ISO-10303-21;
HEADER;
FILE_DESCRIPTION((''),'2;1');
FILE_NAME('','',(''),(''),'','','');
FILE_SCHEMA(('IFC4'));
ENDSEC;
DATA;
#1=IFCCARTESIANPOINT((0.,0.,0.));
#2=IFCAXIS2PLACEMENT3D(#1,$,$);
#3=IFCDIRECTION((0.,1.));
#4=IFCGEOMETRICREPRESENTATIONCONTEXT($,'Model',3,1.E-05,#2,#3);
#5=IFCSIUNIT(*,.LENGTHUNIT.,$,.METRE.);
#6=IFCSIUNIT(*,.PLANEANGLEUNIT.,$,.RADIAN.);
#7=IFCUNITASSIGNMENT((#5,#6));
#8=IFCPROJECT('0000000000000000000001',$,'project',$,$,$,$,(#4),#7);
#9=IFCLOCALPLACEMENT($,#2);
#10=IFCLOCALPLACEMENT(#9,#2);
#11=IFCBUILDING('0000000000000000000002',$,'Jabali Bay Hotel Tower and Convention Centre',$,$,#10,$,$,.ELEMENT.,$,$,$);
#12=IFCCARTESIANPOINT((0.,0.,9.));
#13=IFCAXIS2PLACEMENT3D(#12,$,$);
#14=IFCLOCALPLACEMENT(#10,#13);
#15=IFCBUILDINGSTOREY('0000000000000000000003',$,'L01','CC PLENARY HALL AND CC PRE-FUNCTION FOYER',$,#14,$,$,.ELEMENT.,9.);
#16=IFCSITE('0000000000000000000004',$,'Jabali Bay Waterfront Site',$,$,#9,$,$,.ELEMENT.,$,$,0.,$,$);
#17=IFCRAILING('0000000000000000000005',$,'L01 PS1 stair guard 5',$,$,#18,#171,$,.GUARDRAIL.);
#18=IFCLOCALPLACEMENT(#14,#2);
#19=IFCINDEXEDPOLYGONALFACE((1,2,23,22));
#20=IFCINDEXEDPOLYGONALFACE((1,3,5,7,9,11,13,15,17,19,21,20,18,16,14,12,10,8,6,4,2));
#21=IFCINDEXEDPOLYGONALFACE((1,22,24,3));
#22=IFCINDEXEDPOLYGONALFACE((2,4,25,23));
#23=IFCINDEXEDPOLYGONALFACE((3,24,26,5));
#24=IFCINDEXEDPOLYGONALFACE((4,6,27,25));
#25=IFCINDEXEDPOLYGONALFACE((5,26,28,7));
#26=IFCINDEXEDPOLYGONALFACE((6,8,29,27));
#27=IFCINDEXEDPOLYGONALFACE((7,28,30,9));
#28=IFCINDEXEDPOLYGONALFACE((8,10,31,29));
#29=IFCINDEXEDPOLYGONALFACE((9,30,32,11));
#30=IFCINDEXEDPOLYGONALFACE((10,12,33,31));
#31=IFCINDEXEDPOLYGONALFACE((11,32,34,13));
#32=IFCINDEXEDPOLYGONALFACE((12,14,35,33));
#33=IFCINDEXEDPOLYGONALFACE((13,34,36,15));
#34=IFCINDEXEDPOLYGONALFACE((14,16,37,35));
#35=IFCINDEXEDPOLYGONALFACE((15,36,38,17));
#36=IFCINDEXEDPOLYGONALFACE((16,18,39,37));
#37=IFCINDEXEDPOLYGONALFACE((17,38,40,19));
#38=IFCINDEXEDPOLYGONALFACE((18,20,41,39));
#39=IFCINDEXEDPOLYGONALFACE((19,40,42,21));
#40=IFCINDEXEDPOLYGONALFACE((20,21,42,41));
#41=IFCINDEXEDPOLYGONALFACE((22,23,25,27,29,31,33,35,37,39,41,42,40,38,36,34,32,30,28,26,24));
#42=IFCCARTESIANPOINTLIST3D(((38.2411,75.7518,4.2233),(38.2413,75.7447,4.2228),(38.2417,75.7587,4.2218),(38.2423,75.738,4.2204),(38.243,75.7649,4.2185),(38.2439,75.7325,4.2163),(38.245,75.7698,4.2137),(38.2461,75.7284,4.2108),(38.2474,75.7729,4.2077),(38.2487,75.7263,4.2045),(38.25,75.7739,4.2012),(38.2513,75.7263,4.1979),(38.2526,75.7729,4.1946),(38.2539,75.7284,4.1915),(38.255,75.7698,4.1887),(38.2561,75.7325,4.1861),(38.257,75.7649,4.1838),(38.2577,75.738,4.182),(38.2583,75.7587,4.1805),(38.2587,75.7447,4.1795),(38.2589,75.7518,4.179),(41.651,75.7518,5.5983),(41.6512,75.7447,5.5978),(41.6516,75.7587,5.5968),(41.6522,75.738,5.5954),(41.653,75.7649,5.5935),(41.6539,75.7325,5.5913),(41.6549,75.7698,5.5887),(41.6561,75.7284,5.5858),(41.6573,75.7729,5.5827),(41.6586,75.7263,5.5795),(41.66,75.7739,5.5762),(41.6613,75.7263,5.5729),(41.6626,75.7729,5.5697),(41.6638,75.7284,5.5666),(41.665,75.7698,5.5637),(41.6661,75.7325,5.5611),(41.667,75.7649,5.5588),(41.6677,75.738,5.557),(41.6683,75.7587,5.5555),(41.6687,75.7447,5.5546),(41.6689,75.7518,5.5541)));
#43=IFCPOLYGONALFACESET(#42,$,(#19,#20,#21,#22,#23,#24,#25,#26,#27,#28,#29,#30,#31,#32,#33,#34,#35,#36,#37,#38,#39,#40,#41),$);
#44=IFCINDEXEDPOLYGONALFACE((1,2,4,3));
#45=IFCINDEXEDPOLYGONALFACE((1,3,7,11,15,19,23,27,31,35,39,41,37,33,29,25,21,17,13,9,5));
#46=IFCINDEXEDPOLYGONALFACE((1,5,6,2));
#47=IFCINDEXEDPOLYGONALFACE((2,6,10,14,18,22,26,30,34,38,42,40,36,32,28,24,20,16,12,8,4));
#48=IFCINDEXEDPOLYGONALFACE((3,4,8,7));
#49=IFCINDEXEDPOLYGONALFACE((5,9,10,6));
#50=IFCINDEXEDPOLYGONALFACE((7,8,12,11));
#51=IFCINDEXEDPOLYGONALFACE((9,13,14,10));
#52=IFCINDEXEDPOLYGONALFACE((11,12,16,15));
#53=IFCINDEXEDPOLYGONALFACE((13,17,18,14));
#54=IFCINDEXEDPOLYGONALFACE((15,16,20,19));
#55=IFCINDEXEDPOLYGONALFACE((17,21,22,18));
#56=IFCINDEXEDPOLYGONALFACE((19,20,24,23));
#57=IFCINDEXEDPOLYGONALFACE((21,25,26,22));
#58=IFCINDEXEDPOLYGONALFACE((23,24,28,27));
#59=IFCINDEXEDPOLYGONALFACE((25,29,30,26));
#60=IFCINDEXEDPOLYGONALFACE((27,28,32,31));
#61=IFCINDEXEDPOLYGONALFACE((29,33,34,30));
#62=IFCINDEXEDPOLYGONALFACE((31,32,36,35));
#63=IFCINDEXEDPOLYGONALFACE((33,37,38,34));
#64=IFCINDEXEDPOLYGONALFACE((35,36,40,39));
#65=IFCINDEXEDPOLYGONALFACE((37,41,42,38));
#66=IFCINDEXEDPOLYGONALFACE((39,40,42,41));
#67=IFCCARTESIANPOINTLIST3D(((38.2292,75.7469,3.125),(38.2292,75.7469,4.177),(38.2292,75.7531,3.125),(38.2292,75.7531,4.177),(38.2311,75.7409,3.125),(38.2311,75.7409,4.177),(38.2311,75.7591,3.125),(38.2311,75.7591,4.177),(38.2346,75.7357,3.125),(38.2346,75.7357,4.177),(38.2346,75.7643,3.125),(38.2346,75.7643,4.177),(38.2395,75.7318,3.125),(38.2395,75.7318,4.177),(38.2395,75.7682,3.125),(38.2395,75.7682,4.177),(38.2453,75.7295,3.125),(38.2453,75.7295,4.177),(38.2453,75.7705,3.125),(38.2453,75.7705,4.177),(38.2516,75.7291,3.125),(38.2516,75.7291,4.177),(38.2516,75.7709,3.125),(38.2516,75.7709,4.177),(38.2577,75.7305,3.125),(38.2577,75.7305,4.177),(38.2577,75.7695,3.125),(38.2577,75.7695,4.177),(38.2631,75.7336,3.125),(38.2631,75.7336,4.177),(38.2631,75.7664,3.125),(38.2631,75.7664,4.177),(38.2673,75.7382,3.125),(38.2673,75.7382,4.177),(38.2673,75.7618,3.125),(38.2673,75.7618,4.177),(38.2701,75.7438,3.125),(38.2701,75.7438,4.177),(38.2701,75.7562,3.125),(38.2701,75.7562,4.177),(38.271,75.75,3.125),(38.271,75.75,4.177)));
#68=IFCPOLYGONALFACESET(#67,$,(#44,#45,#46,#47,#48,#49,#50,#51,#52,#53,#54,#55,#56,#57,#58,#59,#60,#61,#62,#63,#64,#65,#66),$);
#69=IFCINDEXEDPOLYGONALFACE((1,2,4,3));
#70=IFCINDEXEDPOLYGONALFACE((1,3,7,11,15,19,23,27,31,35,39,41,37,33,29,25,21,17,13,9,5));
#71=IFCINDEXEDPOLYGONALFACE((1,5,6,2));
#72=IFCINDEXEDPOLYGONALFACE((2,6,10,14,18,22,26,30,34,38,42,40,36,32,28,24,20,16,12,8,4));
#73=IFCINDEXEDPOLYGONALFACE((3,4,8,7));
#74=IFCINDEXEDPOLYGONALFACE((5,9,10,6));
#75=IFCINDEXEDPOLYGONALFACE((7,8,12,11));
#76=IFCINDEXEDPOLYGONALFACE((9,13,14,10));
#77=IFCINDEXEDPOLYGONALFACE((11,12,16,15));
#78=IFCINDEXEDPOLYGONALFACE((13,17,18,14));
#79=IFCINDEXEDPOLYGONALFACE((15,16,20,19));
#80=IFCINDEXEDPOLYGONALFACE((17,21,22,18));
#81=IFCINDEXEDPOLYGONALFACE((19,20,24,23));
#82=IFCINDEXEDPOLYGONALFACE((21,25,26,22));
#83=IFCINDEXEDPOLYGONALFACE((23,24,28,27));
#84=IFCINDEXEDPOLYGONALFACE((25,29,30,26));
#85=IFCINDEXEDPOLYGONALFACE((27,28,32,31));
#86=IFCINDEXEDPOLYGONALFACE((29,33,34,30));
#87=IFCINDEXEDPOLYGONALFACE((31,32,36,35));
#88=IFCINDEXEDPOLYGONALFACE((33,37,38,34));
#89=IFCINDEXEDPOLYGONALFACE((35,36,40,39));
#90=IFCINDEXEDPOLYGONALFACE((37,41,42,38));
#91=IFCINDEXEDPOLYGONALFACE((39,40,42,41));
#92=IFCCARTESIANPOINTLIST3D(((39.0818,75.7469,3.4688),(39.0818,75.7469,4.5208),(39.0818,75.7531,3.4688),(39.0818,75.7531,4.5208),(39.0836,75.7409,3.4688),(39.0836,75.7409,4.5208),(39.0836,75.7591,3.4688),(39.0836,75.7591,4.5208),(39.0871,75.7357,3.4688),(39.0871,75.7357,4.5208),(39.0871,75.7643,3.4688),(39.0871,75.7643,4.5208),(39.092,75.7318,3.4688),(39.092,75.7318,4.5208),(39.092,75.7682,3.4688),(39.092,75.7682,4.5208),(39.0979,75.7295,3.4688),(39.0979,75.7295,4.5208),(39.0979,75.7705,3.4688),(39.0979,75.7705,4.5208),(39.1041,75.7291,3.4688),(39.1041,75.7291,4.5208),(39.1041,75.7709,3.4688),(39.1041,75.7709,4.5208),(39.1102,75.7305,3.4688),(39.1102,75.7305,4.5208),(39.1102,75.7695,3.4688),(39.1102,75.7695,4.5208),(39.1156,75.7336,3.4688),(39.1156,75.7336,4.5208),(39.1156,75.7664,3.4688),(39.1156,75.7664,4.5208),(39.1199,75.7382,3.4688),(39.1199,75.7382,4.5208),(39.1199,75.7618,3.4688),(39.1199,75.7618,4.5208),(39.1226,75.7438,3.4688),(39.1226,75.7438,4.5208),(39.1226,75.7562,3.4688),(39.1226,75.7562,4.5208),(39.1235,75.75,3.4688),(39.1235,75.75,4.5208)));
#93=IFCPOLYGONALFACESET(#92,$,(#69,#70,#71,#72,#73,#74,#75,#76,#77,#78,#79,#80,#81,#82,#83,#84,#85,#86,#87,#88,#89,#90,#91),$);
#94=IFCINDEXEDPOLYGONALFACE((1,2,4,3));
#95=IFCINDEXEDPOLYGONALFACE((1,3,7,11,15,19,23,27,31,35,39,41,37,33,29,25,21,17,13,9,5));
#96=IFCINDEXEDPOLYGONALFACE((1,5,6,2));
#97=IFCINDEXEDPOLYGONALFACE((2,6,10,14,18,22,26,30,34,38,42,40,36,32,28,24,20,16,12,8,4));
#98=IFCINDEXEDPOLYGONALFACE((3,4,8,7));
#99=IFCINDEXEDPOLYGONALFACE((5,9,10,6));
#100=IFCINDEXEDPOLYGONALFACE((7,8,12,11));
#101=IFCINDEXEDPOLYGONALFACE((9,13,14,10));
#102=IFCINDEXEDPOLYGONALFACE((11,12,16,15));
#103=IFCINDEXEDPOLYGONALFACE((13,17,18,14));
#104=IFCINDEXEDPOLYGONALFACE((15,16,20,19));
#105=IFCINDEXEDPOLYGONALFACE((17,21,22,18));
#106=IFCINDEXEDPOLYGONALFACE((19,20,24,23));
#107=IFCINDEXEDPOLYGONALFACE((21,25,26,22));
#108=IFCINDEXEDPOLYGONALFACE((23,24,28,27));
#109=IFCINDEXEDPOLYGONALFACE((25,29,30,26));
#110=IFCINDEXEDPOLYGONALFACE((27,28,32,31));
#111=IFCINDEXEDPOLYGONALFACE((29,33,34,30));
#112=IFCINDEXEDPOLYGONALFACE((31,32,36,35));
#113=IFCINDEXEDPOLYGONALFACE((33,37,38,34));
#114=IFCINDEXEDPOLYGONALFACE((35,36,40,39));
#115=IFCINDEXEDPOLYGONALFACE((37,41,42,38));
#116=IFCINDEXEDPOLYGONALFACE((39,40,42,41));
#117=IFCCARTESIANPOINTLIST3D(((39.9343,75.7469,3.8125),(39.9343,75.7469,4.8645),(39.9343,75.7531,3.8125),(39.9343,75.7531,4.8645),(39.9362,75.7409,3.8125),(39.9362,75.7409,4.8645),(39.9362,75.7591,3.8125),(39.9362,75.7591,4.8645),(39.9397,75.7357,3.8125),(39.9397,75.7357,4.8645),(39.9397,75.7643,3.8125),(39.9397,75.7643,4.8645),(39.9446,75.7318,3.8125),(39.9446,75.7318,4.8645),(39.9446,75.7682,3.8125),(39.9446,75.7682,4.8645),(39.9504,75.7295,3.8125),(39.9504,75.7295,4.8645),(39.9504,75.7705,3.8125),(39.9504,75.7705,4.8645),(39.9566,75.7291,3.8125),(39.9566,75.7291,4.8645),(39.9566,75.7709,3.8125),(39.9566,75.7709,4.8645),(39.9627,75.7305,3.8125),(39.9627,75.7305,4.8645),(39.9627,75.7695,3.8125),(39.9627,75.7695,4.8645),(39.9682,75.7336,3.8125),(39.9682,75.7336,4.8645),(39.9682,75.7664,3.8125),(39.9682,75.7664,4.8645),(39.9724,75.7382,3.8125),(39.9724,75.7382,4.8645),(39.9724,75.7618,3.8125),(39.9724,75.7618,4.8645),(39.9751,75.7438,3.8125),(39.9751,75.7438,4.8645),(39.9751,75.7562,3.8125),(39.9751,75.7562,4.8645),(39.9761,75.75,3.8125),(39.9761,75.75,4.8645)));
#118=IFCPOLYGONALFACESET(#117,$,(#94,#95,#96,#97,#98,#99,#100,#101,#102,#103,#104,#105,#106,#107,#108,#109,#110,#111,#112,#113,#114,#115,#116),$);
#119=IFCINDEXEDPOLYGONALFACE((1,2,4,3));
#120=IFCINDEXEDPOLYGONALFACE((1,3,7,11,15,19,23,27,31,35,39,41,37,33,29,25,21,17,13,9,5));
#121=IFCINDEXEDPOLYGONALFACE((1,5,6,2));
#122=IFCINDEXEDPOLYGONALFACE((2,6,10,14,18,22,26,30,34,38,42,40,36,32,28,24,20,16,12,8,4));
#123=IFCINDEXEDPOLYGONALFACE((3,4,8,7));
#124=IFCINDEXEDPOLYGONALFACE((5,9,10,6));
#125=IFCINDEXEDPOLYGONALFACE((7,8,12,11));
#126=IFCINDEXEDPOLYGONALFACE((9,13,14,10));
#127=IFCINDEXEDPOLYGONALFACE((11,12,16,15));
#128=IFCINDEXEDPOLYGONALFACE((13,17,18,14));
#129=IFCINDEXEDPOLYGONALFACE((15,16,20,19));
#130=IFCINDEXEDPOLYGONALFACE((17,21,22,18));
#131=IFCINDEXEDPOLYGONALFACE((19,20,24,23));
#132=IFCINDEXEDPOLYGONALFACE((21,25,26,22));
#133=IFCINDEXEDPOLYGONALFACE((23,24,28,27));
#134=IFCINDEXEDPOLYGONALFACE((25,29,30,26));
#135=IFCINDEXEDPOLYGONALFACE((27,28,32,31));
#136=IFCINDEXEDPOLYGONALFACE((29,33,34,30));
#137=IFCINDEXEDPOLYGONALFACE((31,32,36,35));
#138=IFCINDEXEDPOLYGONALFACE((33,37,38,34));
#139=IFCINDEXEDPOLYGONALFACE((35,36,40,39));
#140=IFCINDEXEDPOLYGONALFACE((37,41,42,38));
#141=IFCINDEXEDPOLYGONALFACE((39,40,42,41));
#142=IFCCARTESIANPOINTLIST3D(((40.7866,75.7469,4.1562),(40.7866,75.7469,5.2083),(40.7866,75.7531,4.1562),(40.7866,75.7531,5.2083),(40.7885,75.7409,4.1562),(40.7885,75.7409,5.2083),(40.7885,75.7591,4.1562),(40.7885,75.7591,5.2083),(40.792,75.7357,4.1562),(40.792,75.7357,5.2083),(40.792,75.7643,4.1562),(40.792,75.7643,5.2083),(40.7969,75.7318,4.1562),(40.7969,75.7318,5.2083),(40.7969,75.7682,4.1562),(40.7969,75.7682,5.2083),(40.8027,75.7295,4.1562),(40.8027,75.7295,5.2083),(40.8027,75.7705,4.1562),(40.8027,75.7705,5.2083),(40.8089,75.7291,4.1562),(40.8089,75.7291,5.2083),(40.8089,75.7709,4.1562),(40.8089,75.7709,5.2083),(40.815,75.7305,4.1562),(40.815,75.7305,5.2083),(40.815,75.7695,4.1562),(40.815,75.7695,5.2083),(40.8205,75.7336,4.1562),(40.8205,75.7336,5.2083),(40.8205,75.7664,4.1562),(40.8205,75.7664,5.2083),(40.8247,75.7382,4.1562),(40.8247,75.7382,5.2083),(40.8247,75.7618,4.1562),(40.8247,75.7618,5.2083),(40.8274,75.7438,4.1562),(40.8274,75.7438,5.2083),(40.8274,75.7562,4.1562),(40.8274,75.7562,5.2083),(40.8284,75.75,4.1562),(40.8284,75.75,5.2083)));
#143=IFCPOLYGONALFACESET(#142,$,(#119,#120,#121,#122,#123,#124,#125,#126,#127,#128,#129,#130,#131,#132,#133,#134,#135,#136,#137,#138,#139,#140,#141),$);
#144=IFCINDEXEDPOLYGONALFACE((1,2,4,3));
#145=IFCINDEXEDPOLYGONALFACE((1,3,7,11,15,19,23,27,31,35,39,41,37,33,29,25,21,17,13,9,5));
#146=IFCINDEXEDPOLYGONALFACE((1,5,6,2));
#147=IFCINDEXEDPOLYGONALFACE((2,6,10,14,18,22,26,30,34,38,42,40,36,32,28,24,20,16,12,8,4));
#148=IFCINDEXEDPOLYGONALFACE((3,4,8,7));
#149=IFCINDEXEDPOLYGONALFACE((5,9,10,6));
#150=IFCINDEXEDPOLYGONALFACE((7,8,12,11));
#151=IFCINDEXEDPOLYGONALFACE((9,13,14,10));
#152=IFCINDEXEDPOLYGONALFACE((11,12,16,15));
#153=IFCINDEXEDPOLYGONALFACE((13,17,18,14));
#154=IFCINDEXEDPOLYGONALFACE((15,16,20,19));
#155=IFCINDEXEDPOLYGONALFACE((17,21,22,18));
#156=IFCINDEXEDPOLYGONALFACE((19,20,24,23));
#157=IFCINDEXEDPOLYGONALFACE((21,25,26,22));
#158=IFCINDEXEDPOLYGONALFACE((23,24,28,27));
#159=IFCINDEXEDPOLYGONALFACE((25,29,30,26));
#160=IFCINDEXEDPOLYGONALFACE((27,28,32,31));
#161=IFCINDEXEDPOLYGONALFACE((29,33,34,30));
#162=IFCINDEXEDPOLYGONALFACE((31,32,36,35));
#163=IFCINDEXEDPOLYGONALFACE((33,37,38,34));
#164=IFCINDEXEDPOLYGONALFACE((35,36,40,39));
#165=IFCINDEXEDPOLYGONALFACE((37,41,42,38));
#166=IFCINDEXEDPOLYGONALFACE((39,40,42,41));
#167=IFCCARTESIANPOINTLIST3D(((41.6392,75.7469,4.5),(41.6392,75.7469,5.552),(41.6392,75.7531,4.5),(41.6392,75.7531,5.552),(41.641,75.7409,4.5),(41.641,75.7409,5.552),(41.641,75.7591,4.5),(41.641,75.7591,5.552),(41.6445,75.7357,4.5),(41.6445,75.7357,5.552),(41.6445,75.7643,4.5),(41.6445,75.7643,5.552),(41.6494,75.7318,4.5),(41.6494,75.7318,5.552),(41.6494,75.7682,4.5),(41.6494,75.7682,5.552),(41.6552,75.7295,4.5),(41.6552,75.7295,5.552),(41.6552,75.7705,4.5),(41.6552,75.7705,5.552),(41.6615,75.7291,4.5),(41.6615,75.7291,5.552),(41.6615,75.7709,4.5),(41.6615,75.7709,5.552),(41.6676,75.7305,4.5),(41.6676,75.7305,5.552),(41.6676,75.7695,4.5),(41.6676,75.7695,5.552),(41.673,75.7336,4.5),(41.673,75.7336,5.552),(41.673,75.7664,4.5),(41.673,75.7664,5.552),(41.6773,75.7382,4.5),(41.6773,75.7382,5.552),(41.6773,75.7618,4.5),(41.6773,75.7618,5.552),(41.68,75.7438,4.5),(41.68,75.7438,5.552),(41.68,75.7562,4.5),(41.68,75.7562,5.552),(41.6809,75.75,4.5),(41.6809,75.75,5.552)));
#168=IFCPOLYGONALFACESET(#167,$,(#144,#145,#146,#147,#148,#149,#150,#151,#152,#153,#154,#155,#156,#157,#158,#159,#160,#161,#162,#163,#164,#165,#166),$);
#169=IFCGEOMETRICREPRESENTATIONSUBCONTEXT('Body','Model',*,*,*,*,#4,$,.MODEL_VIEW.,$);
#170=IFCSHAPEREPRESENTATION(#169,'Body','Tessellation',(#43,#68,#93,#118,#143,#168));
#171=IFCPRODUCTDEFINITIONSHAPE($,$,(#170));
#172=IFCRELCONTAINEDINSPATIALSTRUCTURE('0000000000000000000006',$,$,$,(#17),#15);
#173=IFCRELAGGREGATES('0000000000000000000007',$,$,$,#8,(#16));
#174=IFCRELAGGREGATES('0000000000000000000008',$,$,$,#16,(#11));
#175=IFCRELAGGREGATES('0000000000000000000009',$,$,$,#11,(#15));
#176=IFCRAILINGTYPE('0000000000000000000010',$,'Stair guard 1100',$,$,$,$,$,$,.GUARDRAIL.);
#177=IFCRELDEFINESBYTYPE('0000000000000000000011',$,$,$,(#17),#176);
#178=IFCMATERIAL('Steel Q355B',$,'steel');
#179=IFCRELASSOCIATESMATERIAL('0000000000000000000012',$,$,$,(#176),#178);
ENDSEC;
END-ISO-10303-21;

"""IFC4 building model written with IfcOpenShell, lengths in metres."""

from ifc_helpers import new_model, si_unit, direction, frame, origin, origin_2d, place, context, subcontext, project, spatial, circle, extrude, material, type_object, element, save


model = new_model("IFC4")

# Units and contexts
model_context = context("Model", 3, precision=1e-05, world=origin(), true_north=direction((0.0, 1.0)))
body_context = subcontext(model_context, "Body", "Model", "MODEL_VIEW")
ifc_project = project(units=[si_unit("LENGTHUNIT", "METRE"), si_unit("PLANEANGLEUNIT", "RADIAN")], contexts=[model_context])

# Site, building, storey
site_placement = place(None, origin())
site = spatial("IfcSite", under=ifc_project, at=site_placement, Name="Jabali Bay Waterfront Site", CompositionType="ELEMENT", RefElevation=0.0)
building_placement = place(site_placement, origin())
building = spatial("IfcBuilding", under=site, at=building_placement, Name="Jabali Bay Hotel Tower and Convention Centre", CompositionType="ELEMENT")
storey_placement = place(building_placement, frame((0.0, 0.0, 9.0)))
storey = spatial("IfcBuildingStorey", under=building, at=storey_placement, Name="L01", Description="CC PLENARY HALL AND CC PRE-FUNCTION FOYER", CompositionType="ELEMENT", Elevation=9.0)

# Railing
ifc_material_1 = material(Name="Steel Q355B", Category="steel")
railing_type_1 = type_object("IfcRailingType", Name="Stair guard 1100", PredefinedType="GUARDRAIL", material=ifc_material_1)
railing_1_placement = place(storey_placement, frame((38.25, 75.75, 3.125)))
element("IfcRailing", 1, at=railing_1_placement, inside=storey, type_object=railing_type_1, Name="L01 PS1 stair guard 5", PredefinedType="GUARDRAIL", context=body_context, shape_type="SweptSolid", body=[
    extrude(circle(Radius=0.0239, at=origin_2d()), frame((0.0, 0.0, 1.0762), z_axis=(0.927438, 0.0, 0.373977), x_axis=(0.0, 1.0, 0.0)), (0.0, 0.0, 1.0), 3.6768),
    extrude(circle(Radius=0.021, at=origin_2d()), origin(), (0.0, 0.0, 1.0), 1.052),
    extrude(circle(Radius=0.021, at=origin_2d()), frame((0.8525, 0.0, 0.3438)), (0.0, 0.0, 1.0), 1.052),
    extrude(circle(Radius=0.021, at=origin_2d()), frame((1.7051, 0.0, 0.6875)), (0.0, 0.0, 1.0), 1.052),
    extrude(circle(Radius=0.021, at=origin_2d()), frame((2.5574, 0.0, 1.0312)), (0.0, 0.0, 1.0), 1.052),
    extrude(circle(Radius=0.021, at=origin_2d()), frame((3.4099, 0.0, 1.375)), (0.0, 0.0, 1.0), 1.052),
])

save(model, "model.ifc")
